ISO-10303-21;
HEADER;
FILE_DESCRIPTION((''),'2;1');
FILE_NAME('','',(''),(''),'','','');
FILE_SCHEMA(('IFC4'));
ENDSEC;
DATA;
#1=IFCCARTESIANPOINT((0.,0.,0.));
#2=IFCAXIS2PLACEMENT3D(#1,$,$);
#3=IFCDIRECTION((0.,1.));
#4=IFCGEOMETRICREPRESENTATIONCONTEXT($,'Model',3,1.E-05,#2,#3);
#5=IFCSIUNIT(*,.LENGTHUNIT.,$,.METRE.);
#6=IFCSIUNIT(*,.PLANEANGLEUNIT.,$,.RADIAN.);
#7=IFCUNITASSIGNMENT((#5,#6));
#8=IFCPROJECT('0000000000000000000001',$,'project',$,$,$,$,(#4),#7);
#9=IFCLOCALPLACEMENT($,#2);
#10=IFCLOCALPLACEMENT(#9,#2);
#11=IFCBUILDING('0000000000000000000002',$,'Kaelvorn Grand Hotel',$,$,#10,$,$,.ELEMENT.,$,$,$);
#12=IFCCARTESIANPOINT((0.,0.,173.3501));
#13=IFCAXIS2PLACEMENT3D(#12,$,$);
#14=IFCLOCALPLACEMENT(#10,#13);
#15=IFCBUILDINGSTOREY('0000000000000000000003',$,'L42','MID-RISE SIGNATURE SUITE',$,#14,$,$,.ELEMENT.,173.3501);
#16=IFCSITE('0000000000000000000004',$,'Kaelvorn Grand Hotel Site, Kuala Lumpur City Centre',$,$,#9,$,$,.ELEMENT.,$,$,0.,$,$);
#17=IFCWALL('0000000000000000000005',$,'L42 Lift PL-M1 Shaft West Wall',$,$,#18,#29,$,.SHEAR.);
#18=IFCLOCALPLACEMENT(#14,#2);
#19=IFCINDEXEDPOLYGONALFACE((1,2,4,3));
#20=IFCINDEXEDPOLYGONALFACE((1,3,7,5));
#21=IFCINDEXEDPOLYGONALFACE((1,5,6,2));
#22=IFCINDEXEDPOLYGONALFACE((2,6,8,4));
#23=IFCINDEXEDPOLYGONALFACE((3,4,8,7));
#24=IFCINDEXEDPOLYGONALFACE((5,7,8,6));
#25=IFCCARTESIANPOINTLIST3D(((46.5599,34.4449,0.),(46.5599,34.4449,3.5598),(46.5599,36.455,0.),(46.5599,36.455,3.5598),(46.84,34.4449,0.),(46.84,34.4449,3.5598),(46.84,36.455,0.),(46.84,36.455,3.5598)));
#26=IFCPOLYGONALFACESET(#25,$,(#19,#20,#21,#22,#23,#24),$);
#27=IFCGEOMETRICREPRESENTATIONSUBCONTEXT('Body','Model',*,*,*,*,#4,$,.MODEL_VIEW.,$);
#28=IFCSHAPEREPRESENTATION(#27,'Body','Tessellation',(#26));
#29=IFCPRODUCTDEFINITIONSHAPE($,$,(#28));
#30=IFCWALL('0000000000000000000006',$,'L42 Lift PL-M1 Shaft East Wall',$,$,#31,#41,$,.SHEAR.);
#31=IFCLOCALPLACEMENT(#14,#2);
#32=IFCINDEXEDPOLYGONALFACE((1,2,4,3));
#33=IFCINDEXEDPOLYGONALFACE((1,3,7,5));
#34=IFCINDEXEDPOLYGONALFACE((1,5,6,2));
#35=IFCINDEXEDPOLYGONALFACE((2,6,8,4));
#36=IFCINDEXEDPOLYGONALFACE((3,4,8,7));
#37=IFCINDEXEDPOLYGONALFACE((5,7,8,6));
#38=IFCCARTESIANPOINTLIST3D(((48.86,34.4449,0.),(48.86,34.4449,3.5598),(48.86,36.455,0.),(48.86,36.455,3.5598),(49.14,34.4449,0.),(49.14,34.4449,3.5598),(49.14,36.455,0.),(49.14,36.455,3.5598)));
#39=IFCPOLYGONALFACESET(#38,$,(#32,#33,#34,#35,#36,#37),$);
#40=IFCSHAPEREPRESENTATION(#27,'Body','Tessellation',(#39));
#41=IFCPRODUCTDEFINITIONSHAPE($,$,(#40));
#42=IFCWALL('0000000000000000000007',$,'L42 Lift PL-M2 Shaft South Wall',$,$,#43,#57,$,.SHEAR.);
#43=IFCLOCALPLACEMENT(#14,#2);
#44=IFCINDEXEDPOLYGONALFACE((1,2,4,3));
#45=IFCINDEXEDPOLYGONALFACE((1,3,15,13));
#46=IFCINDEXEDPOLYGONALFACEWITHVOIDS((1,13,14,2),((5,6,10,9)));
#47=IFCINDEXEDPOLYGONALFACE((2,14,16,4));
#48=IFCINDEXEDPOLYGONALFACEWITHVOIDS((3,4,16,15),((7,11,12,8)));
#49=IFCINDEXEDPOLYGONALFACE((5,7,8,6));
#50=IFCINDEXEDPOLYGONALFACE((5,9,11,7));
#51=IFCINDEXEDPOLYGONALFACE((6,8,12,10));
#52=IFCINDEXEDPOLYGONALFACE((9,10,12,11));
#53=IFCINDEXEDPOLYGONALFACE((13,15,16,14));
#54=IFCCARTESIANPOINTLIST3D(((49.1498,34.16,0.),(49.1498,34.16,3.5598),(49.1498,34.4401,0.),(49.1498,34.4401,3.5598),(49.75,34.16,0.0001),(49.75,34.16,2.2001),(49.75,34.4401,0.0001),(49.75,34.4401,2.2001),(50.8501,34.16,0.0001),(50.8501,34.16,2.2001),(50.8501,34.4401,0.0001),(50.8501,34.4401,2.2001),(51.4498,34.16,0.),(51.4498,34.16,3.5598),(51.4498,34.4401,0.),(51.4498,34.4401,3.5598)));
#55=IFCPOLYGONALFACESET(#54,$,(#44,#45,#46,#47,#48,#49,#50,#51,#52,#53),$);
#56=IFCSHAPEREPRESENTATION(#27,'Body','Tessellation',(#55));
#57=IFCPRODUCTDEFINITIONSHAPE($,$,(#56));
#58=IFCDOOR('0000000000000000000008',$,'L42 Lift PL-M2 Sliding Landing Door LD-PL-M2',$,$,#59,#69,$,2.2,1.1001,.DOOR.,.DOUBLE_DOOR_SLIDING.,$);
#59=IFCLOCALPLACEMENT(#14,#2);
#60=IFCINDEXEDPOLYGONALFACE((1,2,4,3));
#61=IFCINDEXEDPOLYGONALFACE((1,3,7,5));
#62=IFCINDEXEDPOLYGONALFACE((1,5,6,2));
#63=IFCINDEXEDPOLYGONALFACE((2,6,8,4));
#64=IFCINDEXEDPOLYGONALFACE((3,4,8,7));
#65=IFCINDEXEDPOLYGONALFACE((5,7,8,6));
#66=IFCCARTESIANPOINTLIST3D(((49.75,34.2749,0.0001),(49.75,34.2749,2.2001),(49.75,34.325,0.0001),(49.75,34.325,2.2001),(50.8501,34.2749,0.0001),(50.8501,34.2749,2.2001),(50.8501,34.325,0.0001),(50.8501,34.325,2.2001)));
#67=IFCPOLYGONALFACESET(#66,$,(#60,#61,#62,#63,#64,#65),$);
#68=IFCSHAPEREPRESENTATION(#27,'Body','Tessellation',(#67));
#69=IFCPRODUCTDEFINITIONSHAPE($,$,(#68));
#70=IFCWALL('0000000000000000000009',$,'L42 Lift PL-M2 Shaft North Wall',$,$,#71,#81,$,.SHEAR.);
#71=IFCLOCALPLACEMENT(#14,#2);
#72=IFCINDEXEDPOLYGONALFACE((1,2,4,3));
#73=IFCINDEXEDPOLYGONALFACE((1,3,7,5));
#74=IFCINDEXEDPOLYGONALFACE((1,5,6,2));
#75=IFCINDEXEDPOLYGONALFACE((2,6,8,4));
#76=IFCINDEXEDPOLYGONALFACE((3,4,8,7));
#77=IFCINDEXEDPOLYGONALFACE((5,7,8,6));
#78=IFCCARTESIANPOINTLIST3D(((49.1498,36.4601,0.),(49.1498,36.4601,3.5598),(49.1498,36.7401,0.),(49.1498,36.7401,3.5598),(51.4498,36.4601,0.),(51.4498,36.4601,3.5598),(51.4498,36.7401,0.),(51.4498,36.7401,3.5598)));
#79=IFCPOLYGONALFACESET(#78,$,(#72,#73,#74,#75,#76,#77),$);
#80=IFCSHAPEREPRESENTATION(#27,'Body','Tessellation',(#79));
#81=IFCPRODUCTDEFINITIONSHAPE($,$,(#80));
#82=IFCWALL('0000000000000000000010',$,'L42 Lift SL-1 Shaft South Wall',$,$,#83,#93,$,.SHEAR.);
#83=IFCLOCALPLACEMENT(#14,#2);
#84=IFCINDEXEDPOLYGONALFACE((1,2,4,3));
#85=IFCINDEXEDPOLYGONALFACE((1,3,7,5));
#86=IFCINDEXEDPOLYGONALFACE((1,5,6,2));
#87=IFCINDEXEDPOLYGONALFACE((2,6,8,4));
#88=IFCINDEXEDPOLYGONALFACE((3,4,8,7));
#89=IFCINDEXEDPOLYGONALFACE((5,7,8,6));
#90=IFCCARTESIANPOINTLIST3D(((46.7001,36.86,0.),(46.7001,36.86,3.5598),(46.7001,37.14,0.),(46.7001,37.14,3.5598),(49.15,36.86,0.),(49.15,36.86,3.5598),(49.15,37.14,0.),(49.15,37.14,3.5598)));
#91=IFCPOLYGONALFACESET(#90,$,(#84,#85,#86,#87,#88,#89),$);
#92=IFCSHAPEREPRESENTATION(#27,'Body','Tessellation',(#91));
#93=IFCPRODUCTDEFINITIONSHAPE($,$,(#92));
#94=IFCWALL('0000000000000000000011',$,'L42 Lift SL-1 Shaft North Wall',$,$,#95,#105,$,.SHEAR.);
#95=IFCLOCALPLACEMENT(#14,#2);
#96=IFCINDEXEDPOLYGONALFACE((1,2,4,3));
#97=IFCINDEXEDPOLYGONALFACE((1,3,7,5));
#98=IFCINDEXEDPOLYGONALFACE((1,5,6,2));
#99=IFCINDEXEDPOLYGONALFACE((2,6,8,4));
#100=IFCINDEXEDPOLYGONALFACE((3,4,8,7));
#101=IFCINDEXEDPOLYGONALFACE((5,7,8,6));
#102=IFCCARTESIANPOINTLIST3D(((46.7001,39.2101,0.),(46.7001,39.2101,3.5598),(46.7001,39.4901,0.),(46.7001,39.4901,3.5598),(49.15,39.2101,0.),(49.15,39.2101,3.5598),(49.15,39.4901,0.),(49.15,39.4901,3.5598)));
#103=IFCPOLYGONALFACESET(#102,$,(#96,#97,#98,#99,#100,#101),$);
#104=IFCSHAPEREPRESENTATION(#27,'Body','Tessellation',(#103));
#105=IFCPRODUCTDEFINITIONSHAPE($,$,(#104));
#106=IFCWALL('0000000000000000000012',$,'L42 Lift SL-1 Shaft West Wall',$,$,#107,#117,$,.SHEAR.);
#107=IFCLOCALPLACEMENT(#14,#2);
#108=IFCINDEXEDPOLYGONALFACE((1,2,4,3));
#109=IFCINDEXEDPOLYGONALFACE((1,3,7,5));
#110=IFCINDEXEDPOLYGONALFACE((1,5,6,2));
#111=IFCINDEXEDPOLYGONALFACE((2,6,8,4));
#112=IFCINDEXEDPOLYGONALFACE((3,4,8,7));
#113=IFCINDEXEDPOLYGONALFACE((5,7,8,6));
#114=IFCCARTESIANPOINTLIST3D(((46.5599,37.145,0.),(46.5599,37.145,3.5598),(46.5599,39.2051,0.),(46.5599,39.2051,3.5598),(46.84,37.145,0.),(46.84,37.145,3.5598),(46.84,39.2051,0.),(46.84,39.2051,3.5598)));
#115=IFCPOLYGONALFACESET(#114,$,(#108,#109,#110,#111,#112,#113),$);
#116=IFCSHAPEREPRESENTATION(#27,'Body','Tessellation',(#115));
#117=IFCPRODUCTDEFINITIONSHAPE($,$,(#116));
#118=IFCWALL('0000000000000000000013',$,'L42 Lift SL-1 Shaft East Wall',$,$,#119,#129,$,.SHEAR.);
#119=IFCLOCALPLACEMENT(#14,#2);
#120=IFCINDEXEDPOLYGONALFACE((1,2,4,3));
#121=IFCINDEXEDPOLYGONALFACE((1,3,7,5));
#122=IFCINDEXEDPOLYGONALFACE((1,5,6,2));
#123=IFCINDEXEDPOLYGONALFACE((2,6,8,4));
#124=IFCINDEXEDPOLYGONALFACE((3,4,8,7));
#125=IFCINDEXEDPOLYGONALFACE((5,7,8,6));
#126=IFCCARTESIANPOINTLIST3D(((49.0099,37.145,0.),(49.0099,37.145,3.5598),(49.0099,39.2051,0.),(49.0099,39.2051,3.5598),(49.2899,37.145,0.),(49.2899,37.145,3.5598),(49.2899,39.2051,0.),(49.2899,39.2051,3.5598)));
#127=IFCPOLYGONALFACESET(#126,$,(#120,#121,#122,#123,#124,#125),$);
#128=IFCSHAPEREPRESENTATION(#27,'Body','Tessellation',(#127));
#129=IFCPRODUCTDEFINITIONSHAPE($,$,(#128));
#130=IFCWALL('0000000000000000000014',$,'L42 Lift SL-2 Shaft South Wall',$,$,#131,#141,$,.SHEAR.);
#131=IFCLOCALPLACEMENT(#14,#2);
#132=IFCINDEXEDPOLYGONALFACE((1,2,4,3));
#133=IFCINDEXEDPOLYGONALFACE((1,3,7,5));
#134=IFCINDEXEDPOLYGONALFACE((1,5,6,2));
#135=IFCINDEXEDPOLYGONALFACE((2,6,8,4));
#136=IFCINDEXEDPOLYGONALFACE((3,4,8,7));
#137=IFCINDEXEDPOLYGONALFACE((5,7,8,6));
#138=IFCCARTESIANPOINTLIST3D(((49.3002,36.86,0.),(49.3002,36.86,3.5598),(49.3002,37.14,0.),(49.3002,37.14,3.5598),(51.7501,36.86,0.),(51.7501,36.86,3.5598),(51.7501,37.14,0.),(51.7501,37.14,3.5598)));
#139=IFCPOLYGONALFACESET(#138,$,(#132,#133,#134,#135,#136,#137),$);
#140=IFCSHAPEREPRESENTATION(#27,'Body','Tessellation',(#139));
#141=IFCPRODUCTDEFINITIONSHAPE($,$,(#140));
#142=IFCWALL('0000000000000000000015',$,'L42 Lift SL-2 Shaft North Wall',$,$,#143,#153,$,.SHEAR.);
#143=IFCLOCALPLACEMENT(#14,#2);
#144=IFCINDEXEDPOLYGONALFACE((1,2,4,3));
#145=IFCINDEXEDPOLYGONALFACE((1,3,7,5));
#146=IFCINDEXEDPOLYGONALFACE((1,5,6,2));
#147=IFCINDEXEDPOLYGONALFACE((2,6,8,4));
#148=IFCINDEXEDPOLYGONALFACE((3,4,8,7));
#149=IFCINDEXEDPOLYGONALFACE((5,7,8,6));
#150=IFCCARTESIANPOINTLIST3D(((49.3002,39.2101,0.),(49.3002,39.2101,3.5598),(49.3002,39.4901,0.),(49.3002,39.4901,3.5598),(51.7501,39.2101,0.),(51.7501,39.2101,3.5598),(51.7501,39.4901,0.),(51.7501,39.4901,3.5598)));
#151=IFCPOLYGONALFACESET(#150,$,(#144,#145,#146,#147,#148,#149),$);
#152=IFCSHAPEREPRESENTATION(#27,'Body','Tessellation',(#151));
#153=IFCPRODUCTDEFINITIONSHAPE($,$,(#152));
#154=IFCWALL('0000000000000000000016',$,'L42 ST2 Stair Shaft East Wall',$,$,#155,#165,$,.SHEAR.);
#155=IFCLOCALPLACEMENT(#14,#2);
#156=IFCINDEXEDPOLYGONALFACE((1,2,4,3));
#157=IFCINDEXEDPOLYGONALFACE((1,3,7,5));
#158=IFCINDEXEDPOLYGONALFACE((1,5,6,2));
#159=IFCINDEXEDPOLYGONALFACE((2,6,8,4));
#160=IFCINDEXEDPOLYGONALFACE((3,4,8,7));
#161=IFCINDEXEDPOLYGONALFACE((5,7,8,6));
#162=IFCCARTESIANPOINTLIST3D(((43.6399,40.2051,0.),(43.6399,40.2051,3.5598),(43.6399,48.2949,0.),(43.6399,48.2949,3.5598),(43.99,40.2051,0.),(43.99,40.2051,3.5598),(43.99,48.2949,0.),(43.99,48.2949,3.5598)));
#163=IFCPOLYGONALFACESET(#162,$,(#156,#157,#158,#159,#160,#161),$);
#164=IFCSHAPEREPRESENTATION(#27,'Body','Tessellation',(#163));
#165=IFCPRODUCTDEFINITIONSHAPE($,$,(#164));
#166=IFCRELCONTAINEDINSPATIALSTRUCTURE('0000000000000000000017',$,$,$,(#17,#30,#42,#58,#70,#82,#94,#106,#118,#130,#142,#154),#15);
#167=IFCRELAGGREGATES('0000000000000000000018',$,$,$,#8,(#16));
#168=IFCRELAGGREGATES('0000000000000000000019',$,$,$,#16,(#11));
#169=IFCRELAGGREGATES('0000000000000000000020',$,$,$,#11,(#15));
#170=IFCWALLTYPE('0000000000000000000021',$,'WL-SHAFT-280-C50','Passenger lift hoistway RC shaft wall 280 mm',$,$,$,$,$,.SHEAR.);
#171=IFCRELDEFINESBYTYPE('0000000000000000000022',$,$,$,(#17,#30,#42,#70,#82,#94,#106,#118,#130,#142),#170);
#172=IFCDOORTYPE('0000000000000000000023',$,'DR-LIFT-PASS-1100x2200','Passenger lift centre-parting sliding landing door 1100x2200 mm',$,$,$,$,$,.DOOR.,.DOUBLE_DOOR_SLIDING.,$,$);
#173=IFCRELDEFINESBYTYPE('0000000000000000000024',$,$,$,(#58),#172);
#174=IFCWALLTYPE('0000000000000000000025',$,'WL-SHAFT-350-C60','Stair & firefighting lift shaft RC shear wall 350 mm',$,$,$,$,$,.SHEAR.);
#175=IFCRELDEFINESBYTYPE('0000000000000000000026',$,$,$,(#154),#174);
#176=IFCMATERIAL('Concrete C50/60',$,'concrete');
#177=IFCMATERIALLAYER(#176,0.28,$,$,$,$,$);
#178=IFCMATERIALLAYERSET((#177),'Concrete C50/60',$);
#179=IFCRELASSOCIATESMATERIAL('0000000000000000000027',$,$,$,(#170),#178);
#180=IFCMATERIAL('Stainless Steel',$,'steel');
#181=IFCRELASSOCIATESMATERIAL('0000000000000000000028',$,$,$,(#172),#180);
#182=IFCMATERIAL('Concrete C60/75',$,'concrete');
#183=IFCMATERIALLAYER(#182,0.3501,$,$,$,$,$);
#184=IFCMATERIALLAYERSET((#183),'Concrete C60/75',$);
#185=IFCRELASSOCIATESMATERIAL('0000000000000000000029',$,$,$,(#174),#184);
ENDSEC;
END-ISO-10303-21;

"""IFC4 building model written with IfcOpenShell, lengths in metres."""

from ifc_helpers import new_model, si_unit, direction, frame, frame_2d, origin, place, context, subcontext, project, spatial, rectangle, extrude, material, layer, layer_set, type_object, element, fill, save


model = new_model("IFC4")

# Units and contexts
model_context = context("Model", 3, precision=1e-05, world=origin(), true_north=direction((0.0, 1.0)))
body_context = subcontext(model_context, "Body", "Model", "MODEL_VIEW")
ifc_project = project(units=[si_unit("LENGTHUNIT", "METRE"), si_unit("PLANEANGLEUNIT", "RADIAN")], contexts=[model_context])

# Site, building, storey
site_placement = place(None, origin())
site = spatial("IfcSite", under=ifc_project, at=site_placement, Name="Kaelvorn Grand Hotel Site, Kuala Lumpur City Centre", CompositionType="ELEMENT", RefElevation=0.0)
building_placement = place(site_placement, origin())
building = spatial("IfcBuilding", under=site, at=building_placement, Name="Kaelvorn Grand Hotel", CompositionType="ELEMENT")
storey_placement = place(building_placement, frame((0.0, 0.0, 173.3501)))
storey = spatial("IfcBuildingStorey", under=building, at=storey_placement, Name="L42", Description="MID-RISE SIGNATURE SUITE", CompositionType="ELEMENT", Elevation=173.3501)

# Shared definitions
ifc_material_1 = material(Name="Concrete C60/75", Category="concrete")

# Shared definitions
ifc_material_2 = material(Name="Concrete C50/60", Category="concrete")

# Shared definitions
ifc_layer_1 = layer(ifc_material_2, 0.28)
ifc_layer_set_1 = layer_set([ifc_layer_1], Name="Concrete C50/60")
wall_type_1 = type_object("IfcWallType", Name="WL-SHAFT-280-C50", Description="Passenger lift hoistway RC shaft wall 280 mm", PredefinedType="SHEAR", material=ifc_layer_set_1)
ifc_material_3 = material(Name="Stainless Steel", Category="steel")
door_type_1 = type_object("IfcDoorType", Name="DR-LIFT-PASS-1100x2200", Description="Passenger lift centre-parting sliding landing door 1100x2200 mm", OperationType="DOUBLE_DOOR_SLIDING", PredefinedType="DOOR", material=ifc_material_3)

# Walls
for number, where, z_axis, x_axis, name in (
    (1, (46.7, 34.4451, 0.0), (0.0, 0.0, 1.0), (0.0, 1.0, 0.0), "L42 Lift PL-M1 Shaft West Wall"),
    (2, (49.0, 34.4451, 0.0), (0.0, 0.0, 1.0), (0.0, 1.0, 0.0), "L42 Lift PL-M1 Shaft East Wall"),
):
    element("IfcWall", number, at=place(storey_placement, frame(where, z_axis=z_axis, x_axis=x_axis)), inside=storey, type_object=wall_type_1, Name=name, PredefinedType="SHEAR", context=body_context, shape_type="SweptSolid", body=[
        extrude(rectangle(XDim=2.01, YDim=0.28, at=frame_2d((1.0049, 0.0))), origin(), (0.0, 0.0, 1.0), 3.5598),
    ])

# Wall, opening, door
wall_1_placement = place(storey_placement, frame((49.1499, 34.3, 0.0), z_axis=(0.0, 0.0, 1.0), x_axis=(1.0, 0.0, 0.0)))
wall_1 = element("IfcWall", 3, at=wall_1_placement, inside=storey, type_object=wall_type_1, Name="L42 Lift PL-M2 Shaft South Wall", PredefinedType="SHEAR", context=body_context, shape_type="SweptSolid", body=[
    extrude(rectangle(XDim=2.3, YDim=0.28, at=frame_2d((1.1499, 0.0))), origin(), (0.0, 0.0, 1.0), 3.5598),
])
opening_1_placement = place(wall_1_placement, frame((0.6001, 0.0, 0.0)))
opening_1 = element("IfcOpeningElement", 4, at=opening_1_placement, cuts=wall_1, PredefinedType="OPENING", context=body_context, shape_type="SweptSolid", body=[
    extrude(rectangle(XDim=1.1001, YDim=2.2, at=frame_2d((0.55, 1.1001))), frame((0.0, 0.1499, 0.0), z_axis=(0.0, -1.0, 0.0), x_axis=(1.0, 0.0, 0.0)), (0.0, 0.0, 1.0), 0.3),
])
door_1_placement = place(opening_1_placement, origin())
door_1 = element("IfcDoor", 5, at=door_1_placement, inside=storey, type_object=door_type_1, Name="L42 Lift PL-M2 Sliding Landing Door LD-PL-M2", OperationType="DOUBLE_DOOR_SLIDING", OverallHeight=2.2, OverallWidth=1.1001, PredefinedType="DOOR", context=body_context, shape_type="SweptSolid", body=[
    extrude(rectangle(XDim=1.1001, YDim=2.2, at=frame_2d((0.55, 1.1001))), frame((0.0, 0.0249, 0.0), z_axis=(0.0, -1.0, 0.0), x_axis=(1.0, 0.0, 0.0)), (0.0, 0.0, 1.0), 0.05),
])
fill(opening_1, door_1)

# Walls
wall_2_placement = place(storey_placement, frame((49.1499, 36.6001, 0.0), z_axis=(0.0, 0.0, 1.0), x_axis=(1.0, 0.0, 0.0)))
element("IfcWall", 6, at=wall_2_placement, inside=storey, type_object=wall_type_1, Name="L42 Lift PL-M2 Shaft North Wall", PredefinedType="SHEAR", context=body_context, shape_type="SweptSolid", body=[
    extrude(rectangle(XDim=2.3, YDim=0.28, at=frame_2d((1.1499, 0.0))), origin(), (0.0, 0.0, 1.0), 3.5598),
])
for number, where, z_axis, x_axis, name in (
    (7, (46.7, 37.0, 0.0), (0.0, 0.0, 1.0), (1.0, 0.0, 0.0), "L42 Lift SL-1 Shaft South Wall"),
    (8, (46.7, 39.3501, 0.0), (0.0, 0.0, 1.0), (1.0, 0.0, 0.0), "L42 Lift SL-1 Shaft North Wall"),
):
    element("IfcWall", number, at=place(storey_placement, frame(where, z_axis=z_axis, x_axis=x_axis)), inside=storey, type_object=wall_type_1, Name=name, PredefinedType="SHEAR", context=body_context, shape_type="SweptSolid", body=[
        extrude(rectangle(XDim=2.45, YDim=0.28, at=frame_2d((1.2251, 0.0))), origin(), (0.0, 0.0, 1.0), 3.5598),
    ])
for number, where, z_axis, x_axis, name in (
    (9, (46.7, 37.145, 0.0), (0.0, 0.0, 1.0), (0.0, 1.0, 0.0), "L42 Lift SL-1 Shaft West Wall"),
    (10, (49.1499, 37.145, 0.0), (0.0, 0.0, 1.0), (0.0, 1.0, 0.0), "L42 Lift SL-1 Shaft East Wall"),
):
    element("IfcWall", number, at=place(storey_placement, frame(where, z_axis=z_axis, x_axis=x_axis)), inside=storey, type_object=wall_type_1, Name=name, PredefinedType="SHEAR", context=body_context, shape_type="SweptSolid", body=[
        extrude(rectangle(XDim=2.0601, YDim=0.28, at=frame_2d((1.03, 0.0))), origin(), (0.0, 0.0, 1.0), 3.5598),
    ])
for number, where, z_axis, x_axis, name in (
    (11, (49.3, 37.0, 0.0), (0.0, 0.0, 1.0), (1.0, 0.0, 0.0), "L42 Lift SL-2 Shaft South Wall"),
    (12, (49.3, 39.3501, 0.0), (0.0, 0.0, 1.0), (1.0, 0.0, 0.0), "L42 Lift SL-2 Shaft North Wall"),
):
    element("IfcWall", number, at=place(storey_placement, frame(where, z_axis=z_axis, x_axis=x_axis)), inside=storey, type_object=wall_type_1, Name=name, PredefinedType="SHEAR", context=body_context, shape_type="SweptSolid", body=[
        extrude(rectangle(XDim=2.45, YDim=0.28, at=frame_2d((1.2251, 0.0))), origin(), (0.0, 0.0, 1.0), 3.5598),
    ])
ifc_layer_2 = layer(ifc_material_1, 0.3501)
ifc_layer_set_2 = layer_set([ifc_layer_2], Name="Concrete C60/75")
wall_type_2 = type_object("IfcWallType", Name="WL-SHAFT-350-C60", Description="Stair & firefighting lift shaft RC shear wall 350 mm", PredefinedType="SHEAR", material=ifc_layer_set_2)
wall_3_placement = place(storey_placement, frame((43.8149, 40.2051, 0.0), z_axis=(0.0, 0.0, 1.0), x_axis=(0.0, 1.0, 0.0)))
element("IfcWall", 13, at=wall_3_placement, inside=storey, type_object=wall_type_2, Name="L42 ST2 Stair Shaft East Wall", PredefinedType="SHEAR", context=body_context, shape_type="SweptSolid", body=[
    extrude(rectangle(XDim=8.0898, YDim=0.3501, at=frame_2d((4.0449, 0.0))), origin(), (0.0, 0.0, 1.0), 3.5598),
])

save(model, "model.ifc")
